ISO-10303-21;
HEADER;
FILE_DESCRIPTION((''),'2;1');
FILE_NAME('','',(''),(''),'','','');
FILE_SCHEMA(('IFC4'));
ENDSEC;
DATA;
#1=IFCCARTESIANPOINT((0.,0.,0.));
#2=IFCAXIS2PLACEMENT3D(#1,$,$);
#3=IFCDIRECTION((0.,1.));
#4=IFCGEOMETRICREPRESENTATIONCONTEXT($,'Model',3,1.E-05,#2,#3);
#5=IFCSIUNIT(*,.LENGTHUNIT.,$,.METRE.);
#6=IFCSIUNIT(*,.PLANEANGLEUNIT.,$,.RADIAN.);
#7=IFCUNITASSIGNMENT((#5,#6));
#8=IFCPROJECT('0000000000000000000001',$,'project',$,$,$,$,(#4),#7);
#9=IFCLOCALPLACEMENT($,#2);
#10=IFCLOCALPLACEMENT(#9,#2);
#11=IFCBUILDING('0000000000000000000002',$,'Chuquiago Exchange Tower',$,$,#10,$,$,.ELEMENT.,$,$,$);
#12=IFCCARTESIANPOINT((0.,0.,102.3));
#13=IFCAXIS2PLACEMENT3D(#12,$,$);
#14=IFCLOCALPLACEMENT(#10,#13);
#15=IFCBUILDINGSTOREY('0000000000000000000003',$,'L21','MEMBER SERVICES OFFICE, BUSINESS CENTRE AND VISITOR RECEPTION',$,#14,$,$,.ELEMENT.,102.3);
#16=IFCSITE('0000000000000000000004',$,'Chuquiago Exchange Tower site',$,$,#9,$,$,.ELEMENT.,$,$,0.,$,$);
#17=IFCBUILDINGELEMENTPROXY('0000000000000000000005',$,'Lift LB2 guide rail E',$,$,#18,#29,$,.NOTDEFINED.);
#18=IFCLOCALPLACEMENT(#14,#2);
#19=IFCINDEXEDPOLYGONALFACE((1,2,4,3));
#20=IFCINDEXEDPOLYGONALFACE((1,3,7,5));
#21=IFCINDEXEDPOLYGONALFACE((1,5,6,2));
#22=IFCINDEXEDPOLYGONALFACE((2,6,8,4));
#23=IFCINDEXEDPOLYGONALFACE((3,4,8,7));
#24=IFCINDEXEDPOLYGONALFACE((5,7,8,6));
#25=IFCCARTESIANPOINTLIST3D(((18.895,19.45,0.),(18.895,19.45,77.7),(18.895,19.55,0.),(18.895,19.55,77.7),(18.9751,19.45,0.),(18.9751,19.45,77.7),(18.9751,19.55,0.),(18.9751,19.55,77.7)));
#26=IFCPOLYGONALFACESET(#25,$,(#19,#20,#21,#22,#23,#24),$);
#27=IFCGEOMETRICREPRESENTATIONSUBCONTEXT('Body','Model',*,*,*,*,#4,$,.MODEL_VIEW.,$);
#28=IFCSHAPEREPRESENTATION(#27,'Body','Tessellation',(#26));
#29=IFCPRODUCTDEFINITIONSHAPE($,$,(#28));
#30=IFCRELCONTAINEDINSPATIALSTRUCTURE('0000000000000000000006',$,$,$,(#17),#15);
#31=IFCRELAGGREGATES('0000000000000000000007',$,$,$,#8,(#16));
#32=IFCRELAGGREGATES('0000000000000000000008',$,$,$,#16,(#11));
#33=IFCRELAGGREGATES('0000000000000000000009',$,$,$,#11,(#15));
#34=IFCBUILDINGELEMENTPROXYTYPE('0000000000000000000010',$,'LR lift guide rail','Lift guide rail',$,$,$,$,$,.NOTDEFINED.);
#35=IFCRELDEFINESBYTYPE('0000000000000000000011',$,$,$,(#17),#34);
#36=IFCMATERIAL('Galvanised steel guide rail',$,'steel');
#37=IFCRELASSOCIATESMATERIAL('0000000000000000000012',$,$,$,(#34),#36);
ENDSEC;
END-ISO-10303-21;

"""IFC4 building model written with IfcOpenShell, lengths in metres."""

from ifc_helpers import new_model, si_unit, direction, frame, origin, origin_2d, place, context, subcontext, project, spatial, rectangle, extrude, material, type_object, element, save


model = new_model("IFC4")

# Units and contexts
model_context = context("Model", 3, precision=1e-05, world=origin(), true_north=direction((0.0, 1.0)))
body_context = subcontext(model_context, "Body", "Model", "MODEL_VIEW")
ifc_project = project(units=[si_unit("LENGTHUNIT", "METRE"), si_unit("PLANEANGLEUNIT", "RADIAN")], contexts=[model_context])

# Site, building, storey
site_placement = place(None, origin())
site = spatial("IfcSite", under=ifc_project, at=site_placement, Name="Chuquiago Exchange Tower site", CompositionType="ELEMENT", RefElevation=0.0)
building_placement = place(site_placement, origin())
building = spatial("IfcBuilding", under=site, at=building_placement, Name="Chuquiago Exchange Tower", CompositionType="ELEMENT")
storey_placement = place(building_placement, frame((0.0, 0.0, 102.3)))
storey = spatial("IfcBuildingStorey", under=building, at=storey_placement, Name="L21", Description="MEMBER SERVICES OFFICE, BUSINESS CENTRE AND VISITOR RECEPTION", CompositionType="ELEMENT", Elevation=102.3)

# Building element proxy
ifc_material_1 = material(Name="Galvanised steel guide rail", Category="steel")
building_element_proxy_type = type_object("IfcBuildingElementProxyType", Name="LR lift guide rail", Description="Lift guide rail", PredefinedType="NOTDEFINED", material=ifc_material_1)
proxy_placement = place(storey_placement, frame((18.9351, 19.5, 0.0), z_axis=(0.0, 0.0, 1.0), x_axis=(1.0, 0.0, 0.0)))
element("IfcBuildingElementProxy", 1, at=proxy_placement, inside=storey, type_object=building_element_proxy_type, Name="Lift LB2 guide rail E", PredefinedType="NOTDEFINED", context=body_context, shape_type="SweptSolid", body=[
    extrude(rectangle(XDim=0.0801, YDim=0.1001, at=origin_2d()), origin(), (0.0, 0.0, 1.0), 77.7),
])

save(model, "model.ifc")
